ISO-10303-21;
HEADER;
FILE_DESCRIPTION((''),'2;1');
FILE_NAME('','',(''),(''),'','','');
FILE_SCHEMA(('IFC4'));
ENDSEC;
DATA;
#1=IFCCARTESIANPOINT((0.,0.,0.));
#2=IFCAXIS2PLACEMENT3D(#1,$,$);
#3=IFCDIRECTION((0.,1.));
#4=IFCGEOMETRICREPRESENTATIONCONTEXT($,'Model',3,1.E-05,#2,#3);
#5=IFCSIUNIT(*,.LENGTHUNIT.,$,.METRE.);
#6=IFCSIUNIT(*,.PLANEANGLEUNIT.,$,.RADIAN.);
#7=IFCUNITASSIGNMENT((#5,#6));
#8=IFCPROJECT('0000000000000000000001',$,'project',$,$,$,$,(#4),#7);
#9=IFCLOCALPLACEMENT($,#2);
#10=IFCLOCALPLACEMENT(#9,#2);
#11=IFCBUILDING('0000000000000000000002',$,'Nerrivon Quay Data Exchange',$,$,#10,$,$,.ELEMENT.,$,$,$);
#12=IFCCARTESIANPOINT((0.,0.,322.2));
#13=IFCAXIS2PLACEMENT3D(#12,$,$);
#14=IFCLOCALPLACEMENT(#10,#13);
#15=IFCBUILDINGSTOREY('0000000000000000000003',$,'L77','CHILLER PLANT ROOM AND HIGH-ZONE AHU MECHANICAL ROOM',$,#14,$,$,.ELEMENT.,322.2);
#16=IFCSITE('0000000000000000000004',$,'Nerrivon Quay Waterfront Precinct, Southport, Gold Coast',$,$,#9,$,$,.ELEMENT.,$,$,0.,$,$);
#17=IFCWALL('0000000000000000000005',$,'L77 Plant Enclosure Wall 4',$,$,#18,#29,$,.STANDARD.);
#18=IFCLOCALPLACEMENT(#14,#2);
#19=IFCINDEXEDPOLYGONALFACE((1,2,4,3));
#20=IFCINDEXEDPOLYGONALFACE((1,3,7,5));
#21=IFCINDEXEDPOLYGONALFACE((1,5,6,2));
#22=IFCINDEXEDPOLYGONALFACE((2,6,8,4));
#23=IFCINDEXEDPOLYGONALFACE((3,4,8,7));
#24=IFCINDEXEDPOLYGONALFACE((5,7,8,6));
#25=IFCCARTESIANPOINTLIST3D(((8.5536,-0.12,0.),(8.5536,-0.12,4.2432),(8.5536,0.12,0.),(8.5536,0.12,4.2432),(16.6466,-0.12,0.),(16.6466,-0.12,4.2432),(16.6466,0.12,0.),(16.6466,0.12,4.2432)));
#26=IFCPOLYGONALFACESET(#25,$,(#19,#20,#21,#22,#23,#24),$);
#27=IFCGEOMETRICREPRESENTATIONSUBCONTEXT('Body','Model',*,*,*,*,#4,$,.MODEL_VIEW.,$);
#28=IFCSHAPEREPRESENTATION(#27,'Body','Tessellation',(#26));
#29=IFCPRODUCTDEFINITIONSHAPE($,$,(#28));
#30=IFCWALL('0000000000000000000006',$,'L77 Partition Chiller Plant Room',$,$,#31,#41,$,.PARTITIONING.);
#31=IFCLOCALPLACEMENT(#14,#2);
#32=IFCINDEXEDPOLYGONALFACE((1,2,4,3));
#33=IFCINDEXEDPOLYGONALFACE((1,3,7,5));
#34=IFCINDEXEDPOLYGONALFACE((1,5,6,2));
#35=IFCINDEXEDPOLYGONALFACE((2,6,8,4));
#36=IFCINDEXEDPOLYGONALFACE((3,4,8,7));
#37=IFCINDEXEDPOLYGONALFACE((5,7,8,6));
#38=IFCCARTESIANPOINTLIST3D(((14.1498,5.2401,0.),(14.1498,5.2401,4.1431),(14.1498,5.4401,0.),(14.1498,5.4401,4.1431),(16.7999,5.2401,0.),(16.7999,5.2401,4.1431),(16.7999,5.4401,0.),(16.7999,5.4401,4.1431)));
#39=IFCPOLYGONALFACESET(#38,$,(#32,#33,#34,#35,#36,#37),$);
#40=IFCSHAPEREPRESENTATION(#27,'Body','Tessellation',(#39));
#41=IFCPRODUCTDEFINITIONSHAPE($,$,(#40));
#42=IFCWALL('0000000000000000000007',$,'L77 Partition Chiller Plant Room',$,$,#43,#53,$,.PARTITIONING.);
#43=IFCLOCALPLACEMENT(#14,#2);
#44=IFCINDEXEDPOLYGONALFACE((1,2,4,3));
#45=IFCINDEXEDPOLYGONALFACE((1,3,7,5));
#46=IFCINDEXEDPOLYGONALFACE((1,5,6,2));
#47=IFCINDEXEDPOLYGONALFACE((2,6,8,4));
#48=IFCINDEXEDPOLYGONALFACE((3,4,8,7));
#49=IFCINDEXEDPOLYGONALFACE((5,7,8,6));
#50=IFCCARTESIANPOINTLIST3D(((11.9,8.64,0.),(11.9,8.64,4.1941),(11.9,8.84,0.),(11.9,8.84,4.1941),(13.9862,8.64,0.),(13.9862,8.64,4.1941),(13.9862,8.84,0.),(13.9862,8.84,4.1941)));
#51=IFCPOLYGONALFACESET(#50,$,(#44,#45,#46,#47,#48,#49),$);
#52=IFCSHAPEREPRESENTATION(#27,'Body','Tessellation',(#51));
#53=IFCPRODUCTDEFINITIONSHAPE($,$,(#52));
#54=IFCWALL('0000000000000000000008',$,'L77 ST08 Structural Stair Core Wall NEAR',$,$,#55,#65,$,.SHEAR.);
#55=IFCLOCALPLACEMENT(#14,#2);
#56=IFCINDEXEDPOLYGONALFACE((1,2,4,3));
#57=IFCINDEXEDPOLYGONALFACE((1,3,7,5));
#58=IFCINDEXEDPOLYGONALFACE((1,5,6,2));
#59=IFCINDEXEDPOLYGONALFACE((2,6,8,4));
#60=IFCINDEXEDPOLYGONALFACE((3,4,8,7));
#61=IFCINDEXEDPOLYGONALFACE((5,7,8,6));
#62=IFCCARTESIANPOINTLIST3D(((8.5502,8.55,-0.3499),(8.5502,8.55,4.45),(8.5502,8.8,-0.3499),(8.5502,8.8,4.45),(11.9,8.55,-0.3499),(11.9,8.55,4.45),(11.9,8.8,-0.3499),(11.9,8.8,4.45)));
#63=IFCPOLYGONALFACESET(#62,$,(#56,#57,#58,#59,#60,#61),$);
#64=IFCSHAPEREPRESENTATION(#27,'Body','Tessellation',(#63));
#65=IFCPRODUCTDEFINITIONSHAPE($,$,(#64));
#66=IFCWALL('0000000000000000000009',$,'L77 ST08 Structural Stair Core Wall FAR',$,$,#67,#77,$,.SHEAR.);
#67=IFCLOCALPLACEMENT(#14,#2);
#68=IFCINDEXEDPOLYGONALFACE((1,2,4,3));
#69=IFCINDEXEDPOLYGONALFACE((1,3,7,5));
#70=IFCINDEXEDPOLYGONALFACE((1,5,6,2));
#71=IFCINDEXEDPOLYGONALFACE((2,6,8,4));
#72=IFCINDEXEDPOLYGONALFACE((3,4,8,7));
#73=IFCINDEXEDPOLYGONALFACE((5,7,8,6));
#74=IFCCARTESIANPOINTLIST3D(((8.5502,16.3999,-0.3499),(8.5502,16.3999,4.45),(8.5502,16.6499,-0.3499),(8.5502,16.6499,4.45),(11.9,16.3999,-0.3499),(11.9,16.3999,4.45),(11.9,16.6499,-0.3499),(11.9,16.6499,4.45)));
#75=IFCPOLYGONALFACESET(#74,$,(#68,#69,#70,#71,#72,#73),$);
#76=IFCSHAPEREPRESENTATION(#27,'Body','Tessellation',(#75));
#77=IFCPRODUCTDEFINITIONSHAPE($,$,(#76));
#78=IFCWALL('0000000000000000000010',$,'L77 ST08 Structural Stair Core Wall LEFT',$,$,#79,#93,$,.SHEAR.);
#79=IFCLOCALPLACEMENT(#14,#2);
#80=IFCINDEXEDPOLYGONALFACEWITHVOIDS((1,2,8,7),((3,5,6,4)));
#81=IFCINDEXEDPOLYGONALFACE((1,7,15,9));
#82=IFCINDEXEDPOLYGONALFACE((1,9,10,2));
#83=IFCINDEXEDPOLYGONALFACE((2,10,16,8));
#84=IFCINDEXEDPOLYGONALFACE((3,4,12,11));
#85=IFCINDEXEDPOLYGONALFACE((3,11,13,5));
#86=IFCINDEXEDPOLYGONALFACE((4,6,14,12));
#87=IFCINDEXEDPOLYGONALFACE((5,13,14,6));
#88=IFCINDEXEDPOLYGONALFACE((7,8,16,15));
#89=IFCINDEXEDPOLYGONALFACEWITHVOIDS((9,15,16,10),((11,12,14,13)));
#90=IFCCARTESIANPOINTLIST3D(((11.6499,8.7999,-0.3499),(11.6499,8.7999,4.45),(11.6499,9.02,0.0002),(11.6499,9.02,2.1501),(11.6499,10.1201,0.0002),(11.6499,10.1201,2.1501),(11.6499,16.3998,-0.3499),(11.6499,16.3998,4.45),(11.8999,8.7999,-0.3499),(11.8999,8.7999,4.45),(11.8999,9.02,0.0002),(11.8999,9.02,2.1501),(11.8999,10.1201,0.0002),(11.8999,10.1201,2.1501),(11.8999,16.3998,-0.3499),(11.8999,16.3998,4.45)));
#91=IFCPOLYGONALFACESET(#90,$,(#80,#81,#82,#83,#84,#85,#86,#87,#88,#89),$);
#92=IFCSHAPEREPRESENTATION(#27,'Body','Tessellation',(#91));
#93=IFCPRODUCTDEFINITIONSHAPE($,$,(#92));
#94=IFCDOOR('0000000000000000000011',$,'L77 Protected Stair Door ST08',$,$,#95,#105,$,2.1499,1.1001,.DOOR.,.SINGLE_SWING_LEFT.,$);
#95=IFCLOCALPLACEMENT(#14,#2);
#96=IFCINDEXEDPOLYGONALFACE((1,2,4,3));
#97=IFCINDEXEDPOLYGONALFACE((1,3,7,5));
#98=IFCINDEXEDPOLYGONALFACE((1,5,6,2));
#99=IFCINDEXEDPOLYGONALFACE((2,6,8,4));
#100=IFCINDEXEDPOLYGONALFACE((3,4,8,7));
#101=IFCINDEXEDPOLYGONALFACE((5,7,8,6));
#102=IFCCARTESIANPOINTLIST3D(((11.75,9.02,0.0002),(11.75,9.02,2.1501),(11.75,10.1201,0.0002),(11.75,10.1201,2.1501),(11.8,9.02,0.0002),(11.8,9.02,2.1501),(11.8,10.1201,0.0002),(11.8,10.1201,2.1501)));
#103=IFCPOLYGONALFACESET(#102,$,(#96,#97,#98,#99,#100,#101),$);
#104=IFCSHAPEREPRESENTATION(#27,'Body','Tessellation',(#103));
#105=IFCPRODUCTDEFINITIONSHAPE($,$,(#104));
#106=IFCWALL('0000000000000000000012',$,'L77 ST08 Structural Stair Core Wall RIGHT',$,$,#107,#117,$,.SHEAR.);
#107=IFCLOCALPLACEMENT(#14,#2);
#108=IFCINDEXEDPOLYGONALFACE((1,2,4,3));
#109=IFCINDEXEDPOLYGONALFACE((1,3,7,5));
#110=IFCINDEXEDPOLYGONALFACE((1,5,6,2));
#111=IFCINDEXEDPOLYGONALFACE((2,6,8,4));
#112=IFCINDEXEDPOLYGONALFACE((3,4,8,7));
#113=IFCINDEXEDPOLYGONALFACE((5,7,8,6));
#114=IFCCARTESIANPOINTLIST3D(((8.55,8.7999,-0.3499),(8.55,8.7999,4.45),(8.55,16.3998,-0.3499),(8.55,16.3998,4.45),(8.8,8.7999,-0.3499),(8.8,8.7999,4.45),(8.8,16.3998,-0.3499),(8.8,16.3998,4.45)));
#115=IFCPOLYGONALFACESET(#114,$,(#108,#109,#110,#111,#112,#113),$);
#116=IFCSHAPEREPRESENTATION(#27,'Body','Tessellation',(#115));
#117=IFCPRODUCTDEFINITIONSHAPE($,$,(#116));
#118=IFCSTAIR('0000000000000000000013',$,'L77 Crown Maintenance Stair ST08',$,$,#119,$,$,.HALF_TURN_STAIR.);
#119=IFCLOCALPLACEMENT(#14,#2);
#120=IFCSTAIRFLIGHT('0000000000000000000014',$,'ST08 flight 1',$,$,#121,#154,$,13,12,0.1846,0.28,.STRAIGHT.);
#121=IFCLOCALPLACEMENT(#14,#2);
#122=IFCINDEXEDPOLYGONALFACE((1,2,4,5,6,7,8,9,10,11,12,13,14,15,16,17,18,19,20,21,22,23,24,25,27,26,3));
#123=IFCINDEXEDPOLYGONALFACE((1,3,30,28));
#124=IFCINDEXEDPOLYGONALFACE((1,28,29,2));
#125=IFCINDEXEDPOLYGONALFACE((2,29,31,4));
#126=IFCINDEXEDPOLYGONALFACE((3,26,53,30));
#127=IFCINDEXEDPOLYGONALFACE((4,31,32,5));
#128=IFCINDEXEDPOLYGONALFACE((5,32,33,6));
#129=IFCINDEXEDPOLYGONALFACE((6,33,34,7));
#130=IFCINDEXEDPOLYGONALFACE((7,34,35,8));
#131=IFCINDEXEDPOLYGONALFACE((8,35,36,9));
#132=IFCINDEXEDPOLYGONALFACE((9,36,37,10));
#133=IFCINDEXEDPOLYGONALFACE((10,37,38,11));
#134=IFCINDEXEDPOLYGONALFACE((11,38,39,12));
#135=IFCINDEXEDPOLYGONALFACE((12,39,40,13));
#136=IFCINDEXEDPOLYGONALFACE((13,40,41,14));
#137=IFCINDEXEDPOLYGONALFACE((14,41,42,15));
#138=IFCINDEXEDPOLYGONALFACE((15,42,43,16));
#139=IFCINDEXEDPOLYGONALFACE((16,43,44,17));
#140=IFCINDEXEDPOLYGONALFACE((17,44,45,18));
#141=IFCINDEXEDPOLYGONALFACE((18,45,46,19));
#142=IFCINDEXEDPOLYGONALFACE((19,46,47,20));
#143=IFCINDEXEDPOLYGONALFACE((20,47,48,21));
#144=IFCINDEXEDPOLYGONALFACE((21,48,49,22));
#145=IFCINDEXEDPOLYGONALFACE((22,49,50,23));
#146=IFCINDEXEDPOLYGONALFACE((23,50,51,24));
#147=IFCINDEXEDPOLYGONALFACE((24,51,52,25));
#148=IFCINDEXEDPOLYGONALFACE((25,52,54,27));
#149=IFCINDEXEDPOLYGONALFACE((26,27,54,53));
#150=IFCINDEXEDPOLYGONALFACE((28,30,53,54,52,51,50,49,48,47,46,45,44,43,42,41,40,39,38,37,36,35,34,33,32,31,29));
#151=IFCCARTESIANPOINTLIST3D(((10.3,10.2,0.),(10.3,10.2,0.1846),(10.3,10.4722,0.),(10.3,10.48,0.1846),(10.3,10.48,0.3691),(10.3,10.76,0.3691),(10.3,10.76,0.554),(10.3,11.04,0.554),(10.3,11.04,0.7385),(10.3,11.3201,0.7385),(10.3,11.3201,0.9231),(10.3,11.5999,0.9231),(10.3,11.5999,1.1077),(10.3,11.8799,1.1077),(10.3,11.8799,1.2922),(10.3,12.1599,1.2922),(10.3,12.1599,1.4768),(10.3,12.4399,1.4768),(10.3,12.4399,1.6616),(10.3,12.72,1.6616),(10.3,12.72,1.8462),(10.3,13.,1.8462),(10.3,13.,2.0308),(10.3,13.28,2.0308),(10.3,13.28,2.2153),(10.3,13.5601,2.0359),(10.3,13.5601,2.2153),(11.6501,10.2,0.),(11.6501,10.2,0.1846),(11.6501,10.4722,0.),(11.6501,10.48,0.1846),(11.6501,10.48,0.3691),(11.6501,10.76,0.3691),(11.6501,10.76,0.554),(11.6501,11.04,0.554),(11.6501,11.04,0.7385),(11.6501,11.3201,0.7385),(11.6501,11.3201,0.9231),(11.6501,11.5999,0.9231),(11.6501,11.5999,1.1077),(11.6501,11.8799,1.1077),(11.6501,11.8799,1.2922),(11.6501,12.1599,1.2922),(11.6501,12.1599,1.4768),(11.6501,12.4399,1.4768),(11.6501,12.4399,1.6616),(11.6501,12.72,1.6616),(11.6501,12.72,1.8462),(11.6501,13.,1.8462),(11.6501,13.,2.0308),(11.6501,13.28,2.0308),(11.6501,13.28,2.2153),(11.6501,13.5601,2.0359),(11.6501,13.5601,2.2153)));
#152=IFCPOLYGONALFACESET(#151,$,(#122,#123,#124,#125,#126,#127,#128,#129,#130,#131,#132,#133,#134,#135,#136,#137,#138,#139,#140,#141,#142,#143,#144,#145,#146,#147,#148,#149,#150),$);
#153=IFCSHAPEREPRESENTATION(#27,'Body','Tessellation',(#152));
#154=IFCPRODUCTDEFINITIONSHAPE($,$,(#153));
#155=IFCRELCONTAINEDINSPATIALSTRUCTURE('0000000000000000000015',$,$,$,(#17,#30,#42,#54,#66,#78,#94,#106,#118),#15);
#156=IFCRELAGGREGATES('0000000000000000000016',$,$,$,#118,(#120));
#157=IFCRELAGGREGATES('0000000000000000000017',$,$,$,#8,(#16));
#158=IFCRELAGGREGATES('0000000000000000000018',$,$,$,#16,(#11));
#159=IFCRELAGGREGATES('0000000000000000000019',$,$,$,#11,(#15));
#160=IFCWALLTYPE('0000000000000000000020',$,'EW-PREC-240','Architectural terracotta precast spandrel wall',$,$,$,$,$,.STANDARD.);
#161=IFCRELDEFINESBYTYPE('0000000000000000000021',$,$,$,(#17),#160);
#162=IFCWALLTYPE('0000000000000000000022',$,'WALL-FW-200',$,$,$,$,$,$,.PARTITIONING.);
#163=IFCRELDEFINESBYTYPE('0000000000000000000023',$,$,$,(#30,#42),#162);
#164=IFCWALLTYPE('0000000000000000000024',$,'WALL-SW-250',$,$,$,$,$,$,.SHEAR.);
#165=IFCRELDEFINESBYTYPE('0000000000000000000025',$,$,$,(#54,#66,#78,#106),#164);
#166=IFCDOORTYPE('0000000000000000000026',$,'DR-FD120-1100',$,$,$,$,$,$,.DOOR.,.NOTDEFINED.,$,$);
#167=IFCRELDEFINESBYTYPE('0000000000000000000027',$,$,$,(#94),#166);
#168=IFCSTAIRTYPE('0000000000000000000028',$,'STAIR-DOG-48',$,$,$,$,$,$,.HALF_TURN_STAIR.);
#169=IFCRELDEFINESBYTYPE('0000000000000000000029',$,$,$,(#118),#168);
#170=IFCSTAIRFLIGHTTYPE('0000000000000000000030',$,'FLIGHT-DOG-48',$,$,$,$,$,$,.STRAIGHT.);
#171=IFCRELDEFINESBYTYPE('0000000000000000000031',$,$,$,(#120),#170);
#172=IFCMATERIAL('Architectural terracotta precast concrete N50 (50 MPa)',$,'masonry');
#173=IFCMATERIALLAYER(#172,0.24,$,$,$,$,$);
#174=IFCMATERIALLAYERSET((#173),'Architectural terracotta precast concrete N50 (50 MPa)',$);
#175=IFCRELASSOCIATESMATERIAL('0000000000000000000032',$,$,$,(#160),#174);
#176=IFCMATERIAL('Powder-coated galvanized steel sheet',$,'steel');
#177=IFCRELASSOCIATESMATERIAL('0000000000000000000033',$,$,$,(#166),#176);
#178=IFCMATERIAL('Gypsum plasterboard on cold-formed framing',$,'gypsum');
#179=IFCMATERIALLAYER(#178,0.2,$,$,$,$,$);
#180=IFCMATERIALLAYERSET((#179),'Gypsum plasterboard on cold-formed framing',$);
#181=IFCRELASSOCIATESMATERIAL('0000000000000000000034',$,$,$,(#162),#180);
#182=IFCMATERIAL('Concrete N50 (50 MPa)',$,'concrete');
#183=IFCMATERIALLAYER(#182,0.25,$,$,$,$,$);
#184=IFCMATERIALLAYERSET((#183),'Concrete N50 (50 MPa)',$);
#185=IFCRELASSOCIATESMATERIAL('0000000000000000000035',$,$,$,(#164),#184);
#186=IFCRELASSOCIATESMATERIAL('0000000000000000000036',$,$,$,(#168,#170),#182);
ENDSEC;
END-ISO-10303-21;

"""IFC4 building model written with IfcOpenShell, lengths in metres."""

from ifc_helpers import new_model, si_unit, direction, frame, frame_2d, origin, place, context, subcontext, project, spatial, polyline, rectangle, outline, extrude, material, layer, layer_set, type_object, element, fill, aggregate, save


model = new_model("IFC4")

# Units and contexts
model_context = context("Model", 3, precision=1e-05, world=origin(), true_north=direction((0.0, 1.0)))
body_context = subcontext(model_context, "Body", "Model", "MODEL_VIEW")
ifc_project = project(units=[si_unit("LENGTHUNIT", "METRE"), si_unit("PLANEANGLEUNIT", "RADIAN")], contexts=[model_context])

# Site, building, storey
site_placement = place(None, origin())
site = spatial("IfcSite", under=ifc_project, at=site_placement, Name="Nerrivon Quay Waterfront Precinct, Southport, Gold Coast", CompositionType="ELEMENT", RefElevation=0.0)
building_placement = place(site_placement, origin())
building = spatial("IfcBuilding", under=site, at=building_placement, Name="Nerrivon Quay Data Exchange", CompositionType="ELEMENT")
storey_placement = place(building_placement, frame((0.0, 0.0, 322.2)))
storey = spatial("IfcBuildingStorey", under=building, at=storey_placement, Name="L77", Description="CHILLER PLANT ROOM AND HIGH-ZONE AHU MECHANICAL ROOM", CompositionType="ELEMENT", Elevation=322.2)

# Shared definitions
ifc_material_1 = material(Name="Concrete N50 (50 MPa)", Category="concrete")

# Wall
ifc_material_2 = material(Name="Architectural terracotta precast concrete N50 (50 MPa)", Category="masonry")
ifc_layer_1 = layer(ifc_material_2, 0.24)
ifc_layer_set_1 = layer_set([ifc_layer_1], Name="Architectural terracotta precast concrete N50 (50 MPa)")
wall_type_1 = type_object("IfcWallType", Name="EW-PREC-240", Description="Architectural terracotta precast spandrel wall", PredefinedType="STANDARD", material=ifc_layer_set_1)
wall_1_placement = place(storey_placement, frame((16.6465, 0.0, 0.0), z_axis=(0.0, 0.0, 1.0), x_axis=(-1.0, 0.0, 0.0)))
element("IfcWall", 1, at=wall_1_placement, inside=storey, type_object=wall_type_1, Name="L77 Plant Enclosure Wall 4", PredefinedType="STANDARD", context=body_context, shape_type="SweptSolid", body=[
    extrude(rectangle(XDim=8.093, YDim=0.24, at=frame_2d((4.0464, 0.0))), origin(), (0.0, 0.0, 1.0), 4.2432),
])

# Shared definitions
ifc_material_3 = material(Name="Powder-coated galvanized steel sheet", Category="steel")
door_type_1 = type_object("IfcDoorType", Name="DR-FD120-1100", OperationType="NOTDEFINED", PredefinedType="DOOR", material=ifc_material_3)

# Wall
ifc_material_4 = material(Name="Gypsum plasterboard on cold-formed framing", Category="gypsum")
ifc_layer_2 = layer(ifc_material_4, 0.2)
ifc_layer_set_2 = layer_set([ifc_layer_2], Name="Gypsum plasterboard on cold-formed framing")
wall_type_2 = type_object("IfcWallType", Name="WALL-FW-200", PredefinedType="PARTITIONING", material=ifc_layer_set_2)
wall_2_placement = place(storey_placement, frame((16.8, 5.3401, 0.0), z_axis=(0.0, 0.0, 1.0), x_axis=(-1.0, 0.0, 0.0)))
element("IfcWall", 2, at=wall_2_placement, inside=storey, type_object=wall_type_2, Name="L77 Partition Chiller Plant Room", PredefinedType="PARTITIONING", context=body_context, shape_type="SweptSolid", body=[
    extrude(rectangle(XDim=2.6501, YDim=0.2, at=frame_2d((1.3252, 0.0))), origin(), (0.0, 0.0, 1.0), 4.1431),
])

# Walls
wall_3_placement = place(storey_placement, frame((13.9861, 8.74, 0.0), z_axis=(0.0, 0.0, 1.0), x_axis=(-1.0, 0.0, 0.0)))
element("IfcWall", 3, at=wall_3_placement, inside=storey, type_object=wall_type_2, Name="L77 Partition Chiller Plant Room", PredefinedType="PARTITIONING", context=body_context, shape_type="SweptSolid", body=[
    extrude(rectangle(XDim=2.0862, YDim=0.2, at=frame_2d((1.043, 0.0))), origin(), (0.0, 0.0, 1.0), 4.1941),
])
ifc_layer_3 = layer(ifc_material_1, 0.25)
ifc_layer_set_3 = layer_set([ifc_layer_3], Name="Concrete N50 (50 MPa)")
wall_type_3 = type_object("IfcWallType", Name="WALL-SW-250", PredefinedType="SHEAR", material=ifc_layer_set_3)
for number, where, z_axis, x_axis, name in (
    (4, (11.8999, 8.675, -0.3499), (0.0, 0.0, 1.0), (-1.0, 0.0, 0.0), "L77 ST08 Structural Stair Core Wall NEAR"),
    (5, (11.8999, 16.5249, -0.3499), (0.0, 0.0, 1.0), (-1.0, 0.0, 0.0), "L77 ST08 Structural Stair Core Wall FAR"),
):
    element("IfcWall", number, at=place(storey_placement, frame(where, z_axis=z_axis, x_axis=x_axis)), inside=storey, type_object=wall_type_3, Name=name, PredefinedType="SHEAR", context=body_context, shape_type="SweptSolid", body=[
        extrude(rectangle(XDim=3.3499, YDim=0.25, at=frame_2d((1.6748, 0.0))), origin(), (0.0, 0.0, 1.0), 4.7998),
    ])

# Wall, opening, door
wall_4_placement = place(storey_placement, frame((11.7749, 8.8, -0.3499), z_axis=(0.0, 0.0, 1.0), x_axis=(0.0, 1.0, 0.0)))
wall_4 = element("IfcWall", 6, at=wall_4_placement, inside=storey, type_object=wall_type_3, Name="L77 ST08 Structural Stair Core Wall LEFT", PredefinedType="SHEAR", context=body_context, shape_type="SweptSolid", body=[
    extrude(rectangle(XDim=7.5999, YDim=0.25, at=frame_2d((3.7998, 0.0))), origin(), (0.0, 0.0, 1.0), 4.7998),
])
opening_1_placement = place(wall_4_placement, frame((0.22, 0.0, 0.3501)))
opening_1 = element("IfcOpeningElement", 7, at=opening_1_placement, cuts=wall_4, PredefinedType="OPENING", context=body_context, shape_type="SweptSolid", body=[
    extrude(rectangle(XDim=1.1001, YDim=2.1499, at=frame_2d((0.55, 1.075))), frame((0.0, 0.135, 0.0), z_axis=(0.0, -1.0, 0.0), x_axis=(1.0, 0.0, 0.0)), (0.0, 0.0, 1.0), 0.27),
])
door_1_placement = place(opening_1_placement, origin())
door_1 = element("IfcDoor", 8, at=door_1_placement, inside=storey, type_object=door_type_1, Name="L77 Protected Stair Door ST08", OperationType="SINGLE_SWING_LEFT", OverallHeight=2.1499, OverallWidth=1.1001, PredefinedType="DOOR", context=body_context, shape_type="SweptSolid", body=[
    extrude(rectangle(XDim=1.1001, YDim=2.1499, at=frame_2d((0.55, 1.075))), frame((0.0, 0.0249, 0.0), z_axis=(0.0, -1.0, 0.0), x_axis=(1.0, 0.0, 0.0)), (0.0, 0.0, 1.0), 0.05),
])
fill(opening_1, door_1)

# Wall
wall_5_placement = place(storey_placement, frame((8.675, 8.8, -0.3499), z_axis=(0.0, 0.0, 1.0), x_axis=(0.0, 1.0, 0.0)))
element("IfcWall", 9, at=wall_5_placement, inside=storey, type_object=wall_type_3, Name="L77 ST08 Structural Stair Core Wall RIGHT", PredefinedType="SHEAR", context=body_context, shape_type="SweptSolid", body=[
    extrude(rectangle(XDim=7.5999, YDim=0.25, at=frame_2d((3.7998, 0.0))), origin(), (0.0, 0.0, 1.0), 4.7998),
])

# Stair, stair flight
stair_type = type_object("IfcStairType", Name="STAIR-DOG-48", PredefinedType="HALF_TURN_STAIR", material=ifc_material_1)
stair_placement = place(storey_placement, origin())
stair = element("IfcStair", 10, at=stair_placement, inside=storey, type_object=stair_type, Name="L77 Crown Maintenance Stair ST08", PredefinedType="HALF_TURN_STAIR")
stair_flight_type = type_object("IfcStairFlightType", Name="FLIGHT-DOG-48", PredefinedType="STRAIGHT", material=ifc_material_1)
stair_flight_1_placement = place(storey_placement, frame((10.9751, 10.2, 0.0), z_axis=(0.0, 0.0, 1.0), x_axis=(0.0, 1.0, 0.0)))
stair_flight_1 = element("IfcStairFlight", 11, at=stair_flight_1_placement, type_object=stair_flight_type, Name="ST08 flight 1", NumberOfRisers=13, NumberOfTreads=12, PredefinedType="STRAIGHT", RiserHeight=0.1846, TreadLength=0.28, context=body_context, shape_type="SweptSolid", body=[
    extrude(outline(polyline([(0.0, 0.0), (0.0, 0.1846), (0.28, 0.1846), (0.28, 0.3691), (0.5601, 0.3691), (0.5601, 0.554), (0.8401, 0.554), (0.8401, 0.7385), (1.1201, 0.7385), (1.1201, 0.9231), (1.3999, 0.9231), (1.3999, 1.1077), (1.6799, 1.1077), (1.6799, 1.2922), (1.96, 1.2922), (1.96, 1.4768), (2.24, 1.4768), (2.24, 1.6616), (2.52, 1.6616), (2.52, 1.8462), (2.8, 1.8462), (2.8, 2.0308), (3.0801, 2.0308), (3.0801, 2.2153), (3.3601, 2.2153), (3.3601, 2.3999), (3.3601, 2.0359), (0.2722, 0.0), (0.0, 0.0)])), frame((0.0, 0.675, 0.0), z_axis=(0.0, -1.0, 0.0), x_axis=(1.0, 0.0, 0.0)), (0.0, 0.0, 1.0), 1.3501),
])
aggregate(stair, [stair_flight_1])

save(model, "model.ifc")
